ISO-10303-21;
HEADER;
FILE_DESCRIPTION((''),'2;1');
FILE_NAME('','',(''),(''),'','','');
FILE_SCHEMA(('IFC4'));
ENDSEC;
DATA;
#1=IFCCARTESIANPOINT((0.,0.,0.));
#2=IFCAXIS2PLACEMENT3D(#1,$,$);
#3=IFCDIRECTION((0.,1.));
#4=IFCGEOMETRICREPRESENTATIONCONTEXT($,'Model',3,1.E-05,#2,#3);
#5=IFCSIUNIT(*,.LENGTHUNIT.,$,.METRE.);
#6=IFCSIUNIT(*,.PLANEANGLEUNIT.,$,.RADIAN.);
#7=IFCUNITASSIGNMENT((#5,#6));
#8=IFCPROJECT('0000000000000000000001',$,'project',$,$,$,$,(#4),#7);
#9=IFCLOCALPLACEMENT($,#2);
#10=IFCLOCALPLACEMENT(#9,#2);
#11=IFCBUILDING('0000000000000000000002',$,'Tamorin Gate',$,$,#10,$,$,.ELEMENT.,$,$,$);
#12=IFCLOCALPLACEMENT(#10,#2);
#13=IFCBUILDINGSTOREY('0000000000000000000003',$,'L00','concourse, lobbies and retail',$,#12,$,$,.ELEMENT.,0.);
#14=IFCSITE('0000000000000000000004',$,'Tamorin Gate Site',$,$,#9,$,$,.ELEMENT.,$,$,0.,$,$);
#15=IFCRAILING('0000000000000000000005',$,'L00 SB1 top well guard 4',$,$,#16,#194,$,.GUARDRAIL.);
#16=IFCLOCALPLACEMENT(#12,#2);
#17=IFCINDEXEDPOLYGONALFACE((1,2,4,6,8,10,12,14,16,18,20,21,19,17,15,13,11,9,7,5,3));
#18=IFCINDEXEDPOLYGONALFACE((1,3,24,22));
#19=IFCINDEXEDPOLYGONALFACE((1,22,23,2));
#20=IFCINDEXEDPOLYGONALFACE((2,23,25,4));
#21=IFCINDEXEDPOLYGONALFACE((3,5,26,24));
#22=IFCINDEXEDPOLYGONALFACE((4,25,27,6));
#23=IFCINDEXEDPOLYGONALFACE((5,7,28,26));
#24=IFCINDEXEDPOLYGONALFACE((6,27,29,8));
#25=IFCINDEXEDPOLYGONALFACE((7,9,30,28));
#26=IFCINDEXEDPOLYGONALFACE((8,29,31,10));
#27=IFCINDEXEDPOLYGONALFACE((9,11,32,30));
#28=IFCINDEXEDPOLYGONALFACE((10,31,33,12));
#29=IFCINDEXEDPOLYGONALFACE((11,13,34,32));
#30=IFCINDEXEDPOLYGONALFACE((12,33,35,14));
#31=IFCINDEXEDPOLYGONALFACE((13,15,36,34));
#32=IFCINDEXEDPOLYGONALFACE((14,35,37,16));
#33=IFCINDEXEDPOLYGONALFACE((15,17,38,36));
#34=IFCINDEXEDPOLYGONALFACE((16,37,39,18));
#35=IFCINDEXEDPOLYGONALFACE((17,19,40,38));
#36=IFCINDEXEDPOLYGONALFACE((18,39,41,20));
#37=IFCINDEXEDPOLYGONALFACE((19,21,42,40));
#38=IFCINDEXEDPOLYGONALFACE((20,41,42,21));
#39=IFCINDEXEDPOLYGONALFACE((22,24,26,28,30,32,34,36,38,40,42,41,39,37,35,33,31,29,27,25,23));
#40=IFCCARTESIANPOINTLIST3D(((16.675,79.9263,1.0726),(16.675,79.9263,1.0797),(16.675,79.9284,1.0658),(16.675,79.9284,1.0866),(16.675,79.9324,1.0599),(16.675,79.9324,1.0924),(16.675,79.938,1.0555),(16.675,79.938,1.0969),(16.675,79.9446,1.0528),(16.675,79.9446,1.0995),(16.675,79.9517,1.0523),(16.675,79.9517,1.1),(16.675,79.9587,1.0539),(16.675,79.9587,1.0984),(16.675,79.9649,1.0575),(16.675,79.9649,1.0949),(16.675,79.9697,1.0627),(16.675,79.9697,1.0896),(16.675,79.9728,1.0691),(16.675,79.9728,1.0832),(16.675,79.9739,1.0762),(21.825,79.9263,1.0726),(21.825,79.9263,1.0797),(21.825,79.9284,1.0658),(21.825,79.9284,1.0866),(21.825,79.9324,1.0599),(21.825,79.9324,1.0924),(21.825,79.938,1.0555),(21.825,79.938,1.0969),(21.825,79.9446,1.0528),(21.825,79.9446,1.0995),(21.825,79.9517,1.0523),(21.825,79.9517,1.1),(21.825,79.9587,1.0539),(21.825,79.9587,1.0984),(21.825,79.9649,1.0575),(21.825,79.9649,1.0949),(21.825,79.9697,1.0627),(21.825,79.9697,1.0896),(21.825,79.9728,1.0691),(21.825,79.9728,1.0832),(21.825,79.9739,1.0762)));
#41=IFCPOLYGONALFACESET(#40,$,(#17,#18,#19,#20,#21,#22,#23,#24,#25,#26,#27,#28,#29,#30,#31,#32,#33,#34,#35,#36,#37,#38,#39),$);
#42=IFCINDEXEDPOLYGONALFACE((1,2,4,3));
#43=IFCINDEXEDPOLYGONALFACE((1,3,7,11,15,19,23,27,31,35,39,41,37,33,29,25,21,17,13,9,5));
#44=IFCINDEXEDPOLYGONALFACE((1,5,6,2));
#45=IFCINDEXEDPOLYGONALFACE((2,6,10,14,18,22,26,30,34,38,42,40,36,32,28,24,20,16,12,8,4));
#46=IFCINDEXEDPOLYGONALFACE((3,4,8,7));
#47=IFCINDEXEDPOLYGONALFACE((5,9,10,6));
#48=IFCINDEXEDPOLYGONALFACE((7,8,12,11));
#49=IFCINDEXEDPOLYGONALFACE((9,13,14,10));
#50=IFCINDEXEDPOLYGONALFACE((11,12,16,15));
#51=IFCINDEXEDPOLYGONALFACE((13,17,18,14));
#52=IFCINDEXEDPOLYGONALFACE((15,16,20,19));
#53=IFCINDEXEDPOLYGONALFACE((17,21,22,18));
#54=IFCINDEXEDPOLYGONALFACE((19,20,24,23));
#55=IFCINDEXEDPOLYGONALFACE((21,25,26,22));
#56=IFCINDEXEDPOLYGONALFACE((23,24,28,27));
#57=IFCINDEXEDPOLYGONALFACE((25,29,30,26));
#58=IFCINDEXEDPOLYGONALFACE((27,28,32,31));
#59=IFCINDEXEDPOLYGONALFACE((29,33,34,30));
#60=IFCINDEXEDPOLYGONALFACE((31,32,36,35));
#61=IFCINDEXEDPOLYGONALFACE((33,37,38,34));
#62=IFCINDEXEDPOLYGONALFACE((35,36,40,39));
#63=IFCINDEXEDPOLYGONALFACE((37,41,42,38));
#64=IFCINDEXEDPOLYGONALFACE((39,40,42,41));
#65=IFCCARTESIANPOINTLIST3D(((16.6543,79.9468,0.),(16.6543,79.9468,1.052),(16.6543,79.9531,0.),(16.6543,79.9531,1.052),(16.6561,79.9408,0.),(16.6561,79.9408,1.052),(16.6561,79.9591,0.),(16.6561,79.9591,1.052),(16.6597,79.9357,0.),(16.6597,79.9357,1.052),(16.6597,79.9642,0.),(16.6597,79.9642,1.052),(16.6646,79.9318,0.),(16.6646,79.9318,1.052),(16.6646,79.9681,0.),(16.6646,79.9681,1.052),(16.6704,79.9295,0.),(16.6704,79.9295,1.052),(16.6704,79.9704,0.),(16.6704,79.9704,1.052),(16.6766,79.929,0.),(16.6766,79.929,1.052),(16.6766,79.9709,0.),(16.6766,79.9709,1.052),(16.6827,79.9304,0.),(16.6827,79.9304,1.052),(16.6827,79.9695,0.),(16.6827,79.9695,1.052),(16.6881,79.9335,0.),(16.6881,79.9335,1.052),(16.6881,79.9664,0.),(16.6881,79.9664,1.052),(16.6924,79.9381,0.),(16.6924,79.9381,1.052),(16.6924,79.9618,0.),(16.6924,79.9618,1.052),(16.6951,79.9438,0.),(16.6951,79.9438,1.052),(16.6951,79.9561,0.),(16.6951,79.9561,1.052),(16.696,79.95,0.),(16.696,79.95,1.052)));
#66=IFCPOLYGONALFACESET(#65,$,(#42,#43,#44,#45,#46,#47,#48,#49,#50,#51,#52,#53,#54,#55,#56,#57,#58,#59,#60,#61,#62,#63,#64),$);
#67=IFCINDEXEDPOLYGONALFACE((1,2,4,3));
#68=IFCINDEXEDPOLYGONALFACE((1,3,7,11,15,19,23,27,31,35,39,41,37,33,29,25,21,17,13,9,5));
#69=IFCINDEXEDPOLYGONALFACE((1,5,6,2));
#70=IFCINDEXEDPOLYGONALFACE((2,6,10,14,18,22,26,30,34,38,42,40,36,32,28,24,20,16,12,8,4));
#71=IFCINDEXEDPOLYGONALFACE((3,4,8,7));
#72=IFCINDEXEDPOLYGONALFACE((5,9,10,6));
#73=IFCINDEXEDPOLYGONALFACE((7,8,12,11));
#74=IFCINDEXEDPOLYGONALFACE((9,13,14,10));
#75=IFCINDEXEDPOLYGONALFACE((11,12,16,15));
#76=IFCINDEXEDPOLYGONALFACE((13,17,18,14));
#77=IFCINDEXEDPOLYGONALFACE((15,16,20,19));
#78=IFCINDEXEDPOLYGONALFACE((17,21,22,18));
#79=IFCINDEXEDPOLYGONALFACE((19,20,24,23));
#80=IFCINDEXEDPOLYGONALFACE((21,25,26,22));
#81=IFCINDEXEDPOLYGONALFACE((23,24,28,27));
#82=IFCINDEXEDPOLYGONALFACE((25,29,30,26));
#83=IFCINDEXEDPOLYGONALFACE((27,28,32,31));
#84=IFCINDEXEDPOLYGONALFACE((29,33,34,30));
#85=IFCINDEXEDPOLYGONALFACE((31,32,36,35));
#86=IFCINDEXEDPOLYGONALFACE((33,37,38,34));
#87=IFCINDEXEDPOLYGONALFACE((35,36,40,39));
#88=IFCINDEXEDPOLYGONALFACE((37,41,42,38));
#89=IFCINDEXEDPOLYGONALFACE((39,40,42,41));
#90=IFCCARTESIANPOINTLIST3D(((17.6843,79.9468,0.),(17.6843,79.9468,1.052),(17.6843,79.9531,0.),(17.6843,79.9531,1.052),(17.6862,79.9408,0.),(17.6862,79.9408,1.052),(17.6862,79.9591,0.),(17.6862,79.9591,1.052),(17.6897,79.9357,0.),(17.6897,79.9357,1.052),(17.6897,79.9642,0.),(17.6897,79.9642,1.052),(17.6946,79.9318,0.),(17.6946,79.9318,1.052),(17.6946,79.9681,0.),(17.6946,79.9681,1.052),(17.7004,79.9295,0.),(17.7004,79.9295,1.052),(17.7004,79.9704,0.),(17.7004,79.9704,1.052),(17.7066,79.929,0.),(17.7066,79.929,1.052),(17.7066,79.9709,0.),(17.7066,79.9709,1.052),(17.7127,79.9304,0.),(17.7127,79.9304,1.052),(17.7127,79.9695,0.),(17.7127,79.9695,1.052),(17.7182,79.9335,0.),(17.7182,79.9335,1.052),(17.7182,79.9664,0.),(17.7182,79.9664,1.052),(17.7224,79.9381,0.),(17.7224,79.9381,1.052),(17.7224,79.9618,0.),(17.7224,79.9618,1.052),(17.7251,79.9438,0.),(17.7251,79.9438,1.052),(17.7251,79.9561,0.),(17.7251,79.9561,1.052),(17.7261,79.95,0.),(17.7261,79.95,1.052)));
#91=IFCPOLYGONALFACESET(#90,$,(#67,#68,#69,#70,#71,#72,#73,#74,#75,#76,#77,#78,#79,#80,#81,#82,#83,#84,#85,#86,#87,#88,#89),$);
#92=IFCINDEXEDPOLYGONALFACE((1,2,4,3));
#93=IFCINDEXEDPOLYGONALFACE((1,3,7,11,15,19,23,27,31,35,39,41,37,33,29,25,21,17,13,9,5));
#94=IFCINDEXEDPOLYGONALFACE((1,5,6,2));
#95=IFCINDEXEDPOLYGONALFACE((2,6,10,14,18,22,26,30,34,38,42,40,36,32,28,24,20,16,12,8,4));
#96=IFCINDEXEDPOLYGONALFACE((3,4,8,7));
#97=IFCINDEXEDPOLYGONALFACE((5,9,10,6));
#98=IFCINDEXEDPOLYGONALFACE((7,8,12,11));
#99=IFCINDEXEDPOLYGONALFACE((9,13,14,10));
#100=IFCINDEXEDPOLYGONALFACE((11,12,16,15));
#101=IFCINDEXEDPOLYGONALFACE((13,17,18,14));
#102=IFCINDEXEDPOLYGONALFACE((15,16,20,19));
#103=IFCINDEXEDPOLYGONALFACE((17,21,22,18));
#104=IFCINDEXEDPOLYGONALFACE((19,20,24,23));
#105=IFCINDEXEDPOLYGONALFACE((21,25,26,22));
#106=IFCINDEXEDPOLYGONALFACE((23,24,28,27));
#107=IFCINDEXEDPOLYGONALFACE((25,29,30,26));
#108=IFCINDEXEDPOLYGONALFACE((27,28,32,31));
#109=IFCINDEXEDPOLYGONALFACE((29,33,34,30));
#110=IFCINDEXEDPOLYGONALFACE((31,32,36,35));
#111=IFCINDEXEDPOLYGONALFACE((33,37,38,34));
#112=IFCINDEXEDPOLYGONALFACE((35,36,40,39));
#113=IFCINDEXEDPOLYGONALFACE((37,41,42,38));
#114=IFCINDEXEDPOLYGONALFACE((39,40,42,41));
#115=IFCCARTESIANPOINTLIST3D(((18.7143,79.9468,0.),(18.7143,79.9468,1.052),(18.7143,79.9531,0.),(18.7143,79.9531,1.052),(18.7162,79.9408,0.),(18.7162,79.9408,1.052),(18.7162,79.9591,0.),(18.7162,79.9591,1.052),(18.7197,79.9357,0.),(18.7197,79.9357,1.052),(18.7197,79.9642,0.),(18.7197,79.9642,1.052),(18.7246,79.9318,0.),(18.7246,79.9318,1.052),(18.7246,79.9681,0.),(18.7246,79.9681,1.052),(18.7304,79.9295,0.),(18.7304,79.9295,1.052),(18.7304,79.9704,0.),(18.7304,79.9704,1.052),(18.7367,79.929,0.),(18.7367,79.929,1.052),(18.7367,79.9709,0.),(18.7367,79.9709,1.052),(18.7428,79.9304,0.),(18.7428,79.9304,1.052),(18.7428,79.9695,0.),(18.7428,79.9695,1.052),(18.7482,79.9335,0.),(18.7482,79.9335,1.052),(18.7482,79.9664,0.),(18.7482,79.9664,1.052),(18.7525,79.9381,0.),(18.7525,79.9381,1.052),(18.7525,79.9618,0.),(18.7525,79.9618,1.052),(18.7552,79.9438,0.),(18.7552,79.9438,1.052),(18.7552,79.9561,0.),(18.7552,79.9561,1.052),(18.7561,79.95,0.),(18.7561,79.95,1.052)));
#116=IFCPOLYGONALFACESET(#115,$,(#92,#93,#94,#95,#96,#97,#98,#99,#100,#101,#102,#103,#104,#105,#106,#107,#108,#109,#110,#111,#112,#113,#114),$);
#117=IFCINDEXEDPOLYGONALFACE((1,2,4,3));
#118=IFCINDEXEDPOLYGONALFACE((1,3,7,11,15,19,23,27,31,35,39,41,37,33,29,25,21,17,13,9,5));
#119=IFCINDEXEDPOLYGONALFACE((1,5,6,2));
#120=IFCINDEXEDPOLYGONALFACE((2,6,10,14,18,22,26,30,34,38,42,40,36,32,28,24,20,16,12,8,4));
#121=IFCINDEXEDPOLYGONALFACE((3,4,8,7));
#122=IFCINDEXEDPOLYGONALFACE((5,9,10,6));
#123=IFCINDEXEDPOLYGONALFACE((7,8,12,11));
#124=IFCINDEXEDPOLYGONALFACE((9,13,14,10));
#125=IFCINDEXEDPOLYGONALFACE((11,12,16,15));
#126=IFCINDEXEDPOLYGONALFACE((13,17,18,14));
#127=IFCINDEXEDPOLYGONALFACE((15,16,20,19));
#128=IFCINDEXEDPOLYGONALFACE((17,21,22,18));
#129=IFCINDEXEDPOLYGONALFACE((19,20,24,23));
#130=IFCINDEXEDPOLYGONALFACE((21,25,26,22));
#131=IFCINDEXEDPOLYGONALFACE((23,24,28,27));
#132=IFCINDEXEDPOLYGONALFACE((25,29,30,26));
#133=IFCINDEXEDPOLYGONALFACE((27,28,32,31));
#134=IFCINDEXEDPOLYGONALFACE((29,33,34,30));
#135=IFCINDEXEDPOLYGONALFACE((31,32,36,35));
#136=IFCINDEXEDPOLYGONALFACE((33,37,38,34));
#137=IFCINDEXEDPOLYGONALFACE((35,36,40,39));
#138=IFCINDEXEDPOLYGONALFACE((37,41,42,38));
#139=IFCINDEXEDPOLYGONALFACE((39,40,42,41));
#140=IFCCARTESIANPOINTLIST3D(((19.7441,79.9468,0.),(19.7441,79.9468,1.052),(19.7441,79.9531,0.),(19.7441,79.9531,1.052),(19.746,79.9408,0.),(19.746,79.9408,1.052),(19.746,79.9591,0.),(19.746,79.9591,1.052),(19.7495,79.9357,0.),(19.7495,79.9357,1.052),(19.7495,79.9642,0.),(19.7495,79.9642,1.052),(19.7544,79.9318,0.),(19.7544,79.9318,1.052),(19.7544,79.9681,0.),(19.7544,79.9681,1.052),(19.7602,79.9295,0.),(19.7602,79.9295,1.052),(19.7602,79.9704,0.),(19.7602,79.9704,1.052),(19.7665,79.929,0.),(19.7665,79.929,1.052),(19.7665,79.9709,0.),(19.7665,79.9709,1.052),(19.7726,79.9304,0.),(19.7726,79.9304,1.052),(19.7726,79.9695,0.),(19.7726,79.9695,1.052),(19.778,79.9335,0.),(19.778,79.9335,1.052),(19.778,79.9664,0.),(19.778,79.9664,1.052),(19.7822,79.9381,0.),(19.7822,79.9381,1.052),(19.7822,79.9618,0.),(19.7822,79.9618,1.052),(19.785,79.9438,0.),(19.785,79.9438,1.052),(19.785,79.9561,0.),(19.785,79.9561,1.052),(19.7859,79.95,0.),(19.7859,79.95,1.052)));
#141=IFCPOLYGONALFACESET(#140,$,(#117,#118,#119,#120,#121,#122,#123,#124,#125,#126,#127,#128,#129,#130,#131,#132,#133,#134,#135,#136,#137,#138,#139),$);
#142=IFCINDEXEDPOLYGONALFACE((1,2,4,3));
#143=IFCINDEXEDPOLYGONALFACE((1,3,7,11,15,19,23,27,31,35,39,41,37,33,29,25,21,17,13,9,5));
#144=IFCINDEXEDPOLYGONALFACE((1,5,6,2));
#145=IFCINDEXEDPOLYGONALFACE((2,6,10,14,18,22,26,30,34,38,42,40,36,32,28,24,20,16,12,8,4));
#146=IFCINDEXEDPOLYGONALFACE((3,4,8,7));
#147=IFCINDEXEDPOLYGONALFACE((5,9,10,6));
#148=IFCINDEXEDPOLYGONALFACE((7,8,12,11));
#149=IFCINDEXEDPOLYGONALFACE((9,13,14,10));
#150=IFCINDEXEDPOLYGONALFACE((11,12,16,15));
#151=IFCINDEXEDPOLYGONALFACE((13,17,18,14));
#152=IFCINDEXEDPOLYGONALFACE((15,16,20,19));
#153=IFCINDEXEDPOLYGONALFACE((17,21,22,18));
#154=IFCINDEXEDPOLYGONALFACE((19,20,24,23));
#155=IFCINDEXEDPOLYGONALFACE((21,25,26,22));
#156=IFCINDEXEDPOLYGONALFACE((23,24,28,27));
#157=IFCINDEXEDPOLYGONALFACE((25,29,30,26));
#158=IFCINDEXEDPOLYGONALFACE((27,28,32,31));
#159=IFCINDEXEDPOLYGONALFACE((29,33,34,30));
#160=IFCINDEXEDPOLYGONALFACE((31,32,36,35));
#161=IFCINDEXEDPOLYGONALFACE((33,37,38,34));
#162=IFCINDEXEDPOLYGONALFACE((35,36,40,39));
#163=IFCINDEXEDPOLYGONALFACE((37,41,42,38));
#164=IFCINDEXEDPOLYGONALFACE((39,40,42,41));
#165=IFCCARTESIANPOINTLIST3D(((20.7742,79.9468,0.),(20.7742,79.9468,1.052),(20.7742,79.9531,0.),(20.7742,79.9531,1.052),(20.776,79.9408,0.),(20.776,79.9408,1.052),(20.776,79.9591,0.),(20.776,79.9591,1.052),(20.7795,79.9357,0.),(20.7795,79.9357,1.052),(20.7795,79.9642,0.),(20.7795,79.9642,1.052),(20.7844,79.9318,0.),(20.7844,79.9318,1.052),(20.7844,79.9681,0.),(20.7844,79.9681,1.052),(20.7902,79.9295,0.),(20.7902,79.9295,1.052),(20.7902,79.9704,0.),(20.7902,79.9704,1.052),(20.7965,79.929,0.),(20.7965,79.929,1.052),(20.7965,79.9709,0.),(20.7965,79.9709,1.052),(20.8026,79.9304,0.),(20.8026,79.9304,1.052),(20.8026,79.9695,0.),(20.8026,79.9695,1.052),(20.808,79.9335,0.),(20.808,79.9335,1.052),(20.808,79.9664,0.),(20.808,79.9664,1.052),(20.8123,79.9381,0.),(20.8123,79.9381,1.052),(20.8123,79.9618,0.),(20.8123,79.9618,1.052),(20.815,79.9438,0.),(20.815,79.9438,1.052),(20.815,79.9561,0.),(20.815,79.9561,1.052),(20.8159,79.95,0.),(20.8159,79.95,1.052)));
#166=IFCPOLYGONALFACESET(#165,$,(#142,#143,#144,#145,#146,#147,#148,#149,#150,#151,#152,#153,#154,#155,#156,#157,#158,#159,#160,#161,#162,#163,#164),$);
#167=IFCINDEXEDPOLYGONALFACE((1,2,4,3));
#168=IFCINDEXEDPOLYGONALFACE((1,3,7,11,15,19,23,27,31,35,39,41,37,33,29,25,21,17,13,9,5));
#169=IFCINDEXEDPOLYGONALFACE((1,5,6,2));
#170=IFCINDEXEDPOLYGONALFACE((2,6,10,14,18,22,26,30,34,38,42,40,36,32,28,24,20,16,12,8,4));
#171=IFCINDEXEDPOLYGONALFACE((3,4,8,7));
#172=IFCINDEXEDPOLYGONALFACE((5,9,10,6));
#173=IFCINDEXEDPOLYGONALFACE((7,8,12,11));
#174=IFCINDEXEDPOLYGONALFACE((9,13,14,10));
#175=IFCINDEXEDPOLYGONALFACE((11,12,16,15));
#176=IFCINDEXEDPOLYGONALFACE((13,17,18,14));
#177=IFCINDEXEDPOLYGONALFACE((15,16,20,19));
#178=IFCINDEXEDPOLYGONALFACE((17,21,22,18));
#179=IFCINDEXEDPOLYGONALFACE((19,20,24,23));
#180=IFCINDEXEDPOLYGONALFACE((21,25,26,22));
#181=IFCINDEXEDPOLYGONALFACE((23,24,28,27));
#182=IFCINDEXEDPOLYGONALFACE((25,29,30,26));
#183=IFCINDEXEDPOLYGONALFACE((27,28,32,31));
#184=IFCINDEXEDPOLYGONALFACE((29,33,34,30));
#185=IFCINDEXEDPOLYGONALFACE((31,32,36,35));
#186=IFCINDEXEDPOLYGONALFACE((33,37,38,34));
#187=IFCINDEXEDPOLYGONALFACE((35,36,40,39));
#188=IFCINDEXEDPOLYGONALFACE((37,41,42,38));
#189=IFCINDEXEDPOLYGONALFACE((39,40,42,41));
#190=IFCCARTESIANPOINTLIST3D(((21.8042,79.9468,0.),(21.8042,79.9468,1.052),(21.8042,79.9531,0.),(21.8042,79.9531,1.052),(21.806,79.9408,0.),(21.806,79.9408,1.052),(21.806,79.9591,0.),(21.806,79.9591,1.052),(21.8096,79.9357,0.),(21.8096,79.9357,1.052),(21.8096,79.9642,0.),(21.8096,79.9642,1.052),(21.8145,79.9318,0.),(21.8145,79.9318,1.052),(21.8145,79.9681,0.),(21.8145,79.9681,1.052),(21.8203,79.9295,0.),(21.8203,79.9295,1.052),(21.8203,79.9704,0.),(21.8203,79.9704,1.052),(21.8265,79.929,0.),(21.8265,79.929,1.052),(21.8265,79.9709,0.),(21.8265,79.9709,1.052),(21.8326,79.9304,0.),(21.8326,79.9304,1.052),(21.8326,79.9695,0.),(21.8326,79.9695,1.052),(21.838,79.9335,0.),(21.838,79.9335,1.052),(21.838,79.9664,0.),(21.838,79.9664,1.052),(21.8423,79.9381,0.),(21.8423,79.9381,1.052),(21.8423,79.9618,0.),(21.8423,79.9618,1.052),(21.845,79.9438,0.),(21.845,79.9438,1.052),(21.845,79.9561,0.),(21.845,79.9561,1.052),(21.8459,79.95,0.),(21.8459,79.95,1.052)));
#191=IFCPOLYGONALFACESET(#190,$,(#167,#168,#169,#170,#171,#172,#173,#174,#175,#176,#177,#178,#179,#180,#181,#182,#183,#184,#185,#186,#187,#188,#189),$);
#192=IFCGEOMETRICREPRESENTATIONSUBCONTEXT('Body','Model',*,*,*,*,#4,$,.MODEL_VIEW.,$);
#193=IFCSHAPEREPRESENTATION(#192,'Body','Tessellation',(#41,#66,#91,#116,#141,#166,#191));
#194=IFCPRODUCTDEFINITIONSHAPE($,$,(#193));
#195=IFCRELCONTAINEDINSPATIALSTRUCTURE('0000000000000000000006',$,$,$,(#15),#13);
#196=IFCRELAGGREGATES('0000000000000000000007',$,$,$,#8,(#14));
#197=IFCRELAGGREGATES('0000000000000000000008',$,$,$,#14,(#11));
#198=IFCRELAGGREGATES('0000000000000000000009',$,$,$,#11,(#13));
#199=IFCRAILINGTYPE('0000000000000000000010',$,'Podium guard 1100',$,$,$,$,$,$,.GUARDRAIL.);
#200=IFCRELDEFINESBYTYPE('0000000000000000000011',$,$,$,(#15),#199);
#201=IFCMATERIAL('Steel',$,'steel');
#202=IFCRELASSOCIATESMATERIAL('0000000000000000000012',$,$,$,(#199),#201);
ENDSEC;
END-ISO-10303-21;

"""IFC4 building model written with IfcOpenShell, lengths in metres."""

from ifc_helpers import new_model, si_unit, direction, frame, origin, origin_2d, place, context, subcontext, project, spatial, circle, extrude, material, type_object, element, save


model = new_model("IFC4")

# Units and contexts
model_context = context("Model", 3, precision=1e-05, world=origin(), true_north=direction((0.0, 1.0)))
body_context = subcontext(model_context, "Body", "Model", "MODEL_VIEW")
ifc_project = project(units=[si_unit("LENGTHUNIT", "METRE"), si_unit("PLANEANGLEUNIT", "RADIAN")], contexts=[model_context])

# Site, building, storey
site_placement = place(None, origin())
site = spatial("IfcSite", under=ifc_project, at=site_placement, Name="Tamorin Gate Site", CompositionType="ELEMENT", RefElevation=0.0)
building_placement = place(site_placement, origin())
building = spatial("IfcBuilding", under=site, at=building_placement, Name="Tamorin Gate", CompositionType="ELEMENT")
storey_placement = place(building_placement, origin())
storey = spatial("IfcBuildingStorey", under=building, at=storey_placement, Name="L00", Description="concourse, lobbies and retail", CompositionType="ELEMENT", Elevation=0.0)

# Railing
ifc_material_1 = material(Name="Steel", Category="steel")
railing_type = type_object("IfcRailingType", Name="Podium guard 1100", PredefinedType="GUARDRAIL", material=ifc_material_1)
railing_placement = place(storey_placement, frame((16.675, 79.95, 0.0)))
element("IfcRailing", 1, at=railing_placement, inside=storey, type_object=railing_type, Name="L00 SB1 top well guard 4", PredefinedType="GUARDRAIL", context=body_context, shape_type="SweptSolid", body=[
    extrude(circle(Radius=0.0239, at=origin_2d()), frame((0.0, 0.0, 1.0762), z_axis=(1.0, 0.0, 0.0), x_axis=(0.0, 1.0, 0.0)), (0.0, 0.0, 1.0), 5.1499),
    extrude(circle(Radius=0.021, at=origin_2d()), origin(), (0.0, 0.0, 1.0), 1.052),
    extrude(circle(Radius=0.021, at=origin_2d()), frame((1.03, 0.0, 0.0)), (0.0, 0.0, 1.0), 1.052),
    extrude(circle(Radius=0.021, at=origin_2d()), frame((2.0601, 0.0, 0.0)), (0.0, 0.0, 1.0), 1.052),
    extrude(circle(Radius=0.021, at=origin_2d()), frame((3.0898, 0.0, 0.0)), (0.0, 0.0, 1.0), 1.052),
    extrude(circle(Radius=0.021, at=origin_2d()), frame((4.1199, 0.0, 0.0)), (0.0, 0.0, 1.0), 1.052),
    extrude(circle(Radius=0.021, at=origin_2d()), frame((5.1499, 0.0, 0.0)), (0.0, 0.0, 1.0), 1.052),
])

save(model, "model.ifc")
